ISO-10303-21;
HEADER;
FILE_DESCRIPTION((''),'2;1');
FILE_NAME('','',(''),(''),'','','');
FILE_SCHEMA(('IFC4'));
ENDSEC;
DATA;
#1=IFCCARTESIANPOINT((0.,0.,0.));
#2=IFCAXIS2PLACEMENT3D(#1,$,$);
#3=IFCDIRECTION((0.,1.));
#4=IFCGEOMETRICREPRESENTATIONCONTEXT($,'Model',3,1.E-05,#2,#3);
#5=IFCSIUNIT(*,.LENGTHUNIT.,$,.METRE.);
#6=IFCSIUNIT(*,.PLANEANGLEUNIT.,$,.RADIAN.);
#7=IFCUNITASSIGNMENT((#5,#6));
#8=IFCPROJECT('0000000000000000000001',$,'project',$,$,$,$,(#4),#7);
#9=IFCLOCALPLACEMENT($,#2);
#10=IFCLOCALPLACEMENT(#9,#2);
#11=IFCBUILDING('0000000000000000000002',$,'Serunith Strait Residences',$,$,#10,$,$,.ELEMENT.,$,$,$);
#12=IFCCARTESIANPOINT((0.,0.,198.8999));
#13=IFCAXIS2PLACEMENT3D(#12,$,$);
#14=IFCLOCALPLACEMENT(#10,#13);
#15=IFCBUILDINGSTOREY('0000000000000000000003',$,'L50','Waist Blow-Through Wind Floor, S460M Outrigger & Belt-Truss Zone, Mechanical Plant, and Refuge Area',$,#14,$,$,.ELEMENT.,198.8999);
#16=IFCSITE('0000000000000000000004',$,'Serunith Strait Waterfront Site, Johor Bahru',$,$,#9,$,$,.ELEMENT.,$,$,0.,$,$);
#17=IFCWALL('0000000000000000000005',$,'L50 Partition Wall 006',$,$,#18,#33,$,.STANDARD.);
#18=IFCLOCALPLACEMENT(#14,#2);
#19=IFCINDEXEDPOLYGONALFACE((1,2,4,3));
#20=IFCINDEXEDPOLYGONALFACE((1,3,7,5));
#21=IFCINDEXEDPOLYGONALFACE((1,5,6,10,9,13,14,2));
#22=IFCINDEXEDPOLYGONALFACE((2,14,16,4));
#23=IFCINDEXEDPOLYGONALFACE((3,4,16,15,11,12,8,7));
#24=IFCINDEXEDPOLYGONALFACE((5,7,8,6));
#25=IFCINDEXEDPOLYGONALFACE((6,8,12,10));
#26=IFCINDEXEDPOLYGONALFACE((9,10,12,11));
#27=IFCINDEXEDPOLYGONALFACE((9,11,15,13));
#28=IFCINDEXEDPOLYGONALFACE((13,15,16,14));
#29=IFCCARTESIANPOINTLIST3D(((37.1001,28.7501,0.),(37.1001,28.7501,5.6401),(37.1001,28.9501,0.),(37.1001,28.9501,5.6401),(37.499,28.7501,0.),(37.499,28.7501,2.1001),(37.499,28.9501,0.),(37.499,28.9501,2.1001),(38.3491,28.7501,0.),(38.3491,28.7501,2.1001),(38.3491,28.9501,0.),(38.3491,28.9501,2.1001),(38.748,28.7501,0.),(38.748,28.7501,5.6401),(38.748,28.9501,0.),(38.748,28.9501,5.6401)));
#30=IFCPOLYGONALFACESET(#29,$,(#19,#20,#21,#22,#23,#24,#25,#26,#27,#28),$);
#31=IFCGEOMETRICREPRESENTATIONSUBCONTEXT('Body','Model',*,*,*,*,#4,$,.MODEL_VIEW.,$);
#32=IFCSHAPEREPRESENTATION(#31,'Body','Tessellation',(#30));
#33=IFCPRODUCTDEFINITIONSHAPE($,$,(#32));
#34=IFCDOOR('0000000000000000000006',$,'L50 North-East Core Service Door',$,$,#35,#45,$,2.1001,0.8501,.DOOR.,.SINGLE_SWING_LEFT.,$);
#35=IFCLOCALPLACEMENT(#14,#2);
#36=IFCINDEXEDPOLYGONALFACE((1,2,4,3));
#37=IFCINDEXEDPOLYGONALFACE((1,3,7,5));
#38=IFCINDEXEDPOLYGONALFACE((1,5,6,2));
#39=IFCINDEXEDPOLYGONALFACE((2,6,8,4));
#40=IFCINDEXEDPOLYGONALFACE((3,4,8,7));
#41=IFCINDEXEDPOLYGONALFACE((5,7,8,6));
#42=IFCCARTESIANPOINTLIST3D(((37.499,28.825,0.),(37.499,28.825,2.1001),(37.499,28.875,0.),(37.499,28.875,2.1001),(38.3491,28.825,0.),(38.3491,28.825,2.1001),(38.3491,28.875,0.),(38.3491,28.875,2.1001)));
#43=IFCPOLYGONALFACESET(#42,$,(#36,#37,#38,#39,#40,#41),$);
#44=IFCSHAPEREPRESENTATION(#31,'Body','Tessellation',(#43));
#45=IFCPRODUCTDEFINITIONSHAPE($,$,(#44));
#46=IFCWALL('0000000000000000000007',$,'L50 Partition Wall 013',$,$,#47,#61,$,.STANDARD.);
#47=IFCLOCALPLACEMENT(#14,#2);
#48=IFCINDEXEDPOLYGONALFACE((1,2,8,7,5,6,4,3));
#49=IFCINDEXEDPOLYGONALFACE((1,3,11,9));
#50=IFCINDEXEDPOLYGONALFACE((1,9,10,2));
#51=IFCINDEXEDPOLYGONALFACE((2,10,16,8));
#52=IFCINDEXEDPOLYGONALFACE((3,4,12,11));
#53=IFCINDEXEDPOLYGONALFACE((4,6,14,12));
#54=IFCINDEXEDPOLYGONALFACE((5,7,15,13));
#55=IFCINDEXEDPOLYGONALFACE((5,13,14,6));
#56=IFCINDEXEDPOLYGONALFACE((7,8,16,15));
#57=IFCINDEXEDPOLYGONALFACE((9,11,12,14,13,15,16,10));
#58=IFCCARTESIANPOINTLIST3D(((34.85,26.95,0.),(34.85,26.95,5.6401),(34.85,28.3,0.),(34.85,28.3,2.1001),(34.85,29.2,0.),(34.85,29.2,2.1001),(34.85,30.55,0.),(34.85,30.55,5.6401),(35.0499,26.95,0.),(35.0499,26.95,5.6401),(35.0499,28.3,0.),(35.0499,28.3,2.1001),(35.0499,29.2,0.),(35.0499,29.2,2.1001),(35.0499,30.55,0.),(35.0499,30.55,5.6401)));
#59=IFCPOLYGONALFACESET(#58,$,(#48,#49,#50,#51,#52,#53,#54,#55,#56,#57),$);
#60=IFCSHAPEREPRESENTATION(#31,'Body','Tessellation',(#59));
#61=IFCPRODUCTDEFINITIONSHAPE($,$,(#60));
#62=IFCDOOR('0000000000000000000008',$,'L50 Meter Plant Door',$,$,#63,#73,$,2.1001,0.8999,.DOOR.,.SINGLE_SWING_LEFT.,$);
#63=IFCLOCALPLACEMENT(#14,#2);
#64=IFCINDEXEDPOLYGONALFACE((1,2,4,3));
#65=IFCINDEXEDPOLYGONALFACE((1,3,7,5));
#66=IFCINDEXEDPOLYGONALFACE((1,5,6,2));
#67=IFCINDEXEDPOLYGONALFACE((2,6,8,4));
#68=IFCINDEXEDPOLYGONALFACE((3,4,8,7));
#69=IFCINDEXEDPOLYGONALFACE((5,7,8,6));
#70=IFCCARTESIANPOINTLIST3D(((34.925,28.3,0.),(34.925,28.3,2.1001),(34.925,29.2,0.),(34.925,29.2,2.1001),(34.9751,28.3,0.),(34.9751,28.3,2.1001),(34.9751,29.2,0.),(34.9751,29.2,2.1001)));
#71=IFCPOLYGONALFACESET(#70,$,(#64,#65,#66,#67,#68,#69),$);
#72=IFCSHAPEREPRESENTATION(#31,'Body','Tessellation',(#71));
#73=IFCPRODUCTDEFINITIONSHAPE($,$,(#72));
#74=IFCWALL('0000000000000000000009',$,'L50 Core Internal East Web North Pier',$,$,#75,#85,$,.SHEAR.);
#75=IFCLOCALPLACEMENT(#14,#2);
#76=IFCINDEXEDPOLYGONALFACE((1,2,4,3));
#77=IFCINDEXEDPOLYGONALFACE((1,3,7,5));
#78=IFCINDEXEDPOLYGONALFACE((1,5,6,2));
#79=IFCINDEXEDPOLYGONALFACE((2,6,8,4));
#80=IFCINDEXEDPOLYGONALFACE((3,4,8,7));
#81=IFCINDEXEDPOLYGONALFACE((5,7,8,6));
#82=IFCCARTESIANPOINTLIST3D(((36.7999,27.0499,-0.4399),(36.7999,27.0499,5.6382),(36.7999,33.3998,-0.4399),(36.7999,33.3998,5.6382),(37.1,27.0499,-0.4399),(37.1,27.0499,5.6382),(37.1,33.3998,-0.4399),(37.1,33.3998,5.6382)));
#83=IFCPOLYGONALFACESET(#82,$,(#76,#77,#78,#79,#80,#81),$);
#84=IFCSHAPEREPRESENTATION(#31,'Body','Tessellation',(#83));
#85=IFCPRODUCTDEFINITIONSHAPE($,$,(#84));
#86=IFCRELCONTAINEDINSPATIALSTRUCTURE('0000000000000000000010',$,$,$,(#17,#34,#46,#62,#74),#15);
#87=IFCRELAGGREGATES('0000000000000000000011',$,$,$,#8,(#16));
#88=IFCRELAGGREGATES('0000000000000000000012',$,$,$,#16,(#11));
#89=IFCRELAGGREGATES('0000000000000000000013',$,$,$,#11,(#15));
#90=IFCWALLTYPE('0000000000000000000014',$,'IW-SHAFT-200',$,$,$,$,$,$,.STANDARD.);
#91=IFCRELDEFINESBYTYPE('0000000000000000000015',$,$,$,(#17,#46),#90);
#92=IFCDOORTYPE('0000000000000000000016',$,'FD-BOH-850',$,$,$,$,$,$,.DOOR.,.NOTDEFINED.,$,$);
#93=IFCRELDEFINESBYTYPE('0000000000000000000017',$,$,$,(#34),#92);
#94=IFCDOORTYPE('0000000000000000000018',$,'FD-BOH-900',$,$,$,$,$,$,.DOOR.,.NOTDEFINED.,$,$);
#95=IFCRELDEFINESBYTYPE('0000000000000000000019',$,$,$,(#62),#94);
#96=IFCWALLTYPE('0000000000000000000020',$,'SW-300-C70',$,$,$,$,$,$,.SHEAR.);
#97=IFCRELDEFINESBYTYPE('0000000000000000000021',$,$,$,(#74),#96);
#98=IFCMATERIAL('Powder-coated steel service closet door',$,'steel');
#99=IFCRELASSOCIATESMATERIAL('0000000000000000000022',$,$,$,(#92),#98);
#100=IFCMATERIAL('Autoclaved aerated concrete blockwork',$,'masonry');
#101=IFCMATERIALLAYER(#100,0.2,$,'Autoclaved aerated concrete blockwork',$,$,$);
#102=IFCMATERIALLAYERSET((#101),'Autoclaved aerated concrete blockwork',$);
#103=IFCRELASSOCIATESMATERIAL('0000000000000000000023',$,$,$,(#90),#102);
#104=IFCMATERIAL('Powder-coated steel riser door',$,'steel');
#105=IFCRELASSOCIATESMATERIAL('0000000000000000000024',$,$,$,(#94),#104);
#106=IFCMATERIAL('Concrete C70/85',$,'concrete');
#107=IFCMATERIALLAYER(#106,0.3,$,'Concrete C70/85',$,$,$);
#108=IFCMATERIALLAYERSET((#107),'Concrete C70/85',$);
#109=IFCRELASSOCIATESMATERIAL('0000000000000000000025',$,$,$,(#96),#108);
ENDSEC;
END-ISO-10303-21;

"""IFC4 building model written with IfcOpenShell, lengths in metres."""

from ifc_helpers import new_model, si_unit, direction, frame, frame_2d, origin, place, context, subcontext, project, spatial, rectangle, extrude, source, transform, mapped, material, layer, layer_set, type_object, element, fill, save


model = new_model("IFC4")

# Units and contexts
model_context = context("Model", 3, precision=1e-05, world=origin(), true_north=direction((0.0, 1.0)))
body_context = subcontext(model_context, "Body", "Model", "MODEL_VIEW")
ifc_project = project(units=[si_unit("LENGTHUNIT", "METRE"), si_unit("PLANEANGLEUNIT", "RADIAN")], contexts=[model_context])

# Site, building, storey
site_placement = place(None, origin())
site = spatial("IfcSite", under=ifc_project, at=site_placement, Name="Serunith Strait Waterfront Site, Johor Bahru", CompositionType="ELEMENT", RefElevation=0.0)
building_placement = place(site_placement, origin())
building = spatial("IfcBuilding", under=site, at=building_placement, Name="Serunith Strait Residences", CompositionType="ELEMENT")
storey_placement = place(building_placement, frame((0.0, 0.0, 198.8999)))
storey = spatial("IfcBuildingStorey", under=building, at=storey_placement, Name="L50", Description="Waist Blow-Through Wind Floor, S460M Outrigger & Belt-Truss Zone, Mechanical Plant, and Refuge Area", CompositionType="ELEMENT", Elevation=198.8999)

# Shared definitions
ifc_material_1 = material(Name="Powder-coated steel service closet door", Category="steel")
door_type_1 = type_object("IfcDoorType", Name="FD-BOH-850", OperationType="NOTDEFINED", PredefinedType="DOOR", material=ifc_material_1)
shared_shape_1 = source(origin(), body_context, "Body", "SweptSolid", [
    extrude(rectangle(XDim=0.8501, YDim=2.1001, at=frame_2d((0.425, 1.05))), frame((0.0, 0.0249, 0.0), z_axis=(0.0, -1.0, 0.0), x_axis=(1.0, 0.0, 0.0)), (0.0, 0.0, 1.0), 0.05),
])
ifc_material_2 = material(Name="Autoclaved aerated concrete blockwork", Category="masonry")
ifc_layer_1 = layer(ifc_material_2, 0.2, Name="Autoclaved aerated concrete blockwork")
ifc_layer_set_1 = layer_set([ifc_layer_1], Name="Autoclaved aerated concrete blockwork")
wall_type_1 = type_object("IfcWallType", Name="IW-SHAFT-200", PredefinedType="STANDARD", material=ifc_layer_set_1)

# Walls, openings, doors
wall_1_placement = place(storey_placement, frame((37.1001, 28.8501, 0.0), z_axis=(0.0, 0.0, 1.0), x_axis=(1.0, 0.0, 0.0)))
wall_1 = element("IfcWall", 1, at=wall_1_placement, inside=storey, type_object=wall_type_1, Name="L50 Partition Wall 006", PredefinedType="STANDARD", context=body_context, shape_type="SweptSolid", body=[
    extrude(rectangle(XDim=1.6479, YDim=0.2, at=frame_2d((0.824, 0.0))), origin(), (0.0, 0.0, 1.0), 5.6401),
])
opening_1_placement = place(wall_1_placement, frame((0.3989, 0.0, 0.0)))
opening_1 = element("IfcOpeningElement", 2, at=opening_1_placement, cuts=wall_1, PredefinedType="OPENING", context=body_context, shape_type="SweptSolid", body=[
    extrude(rectangle(XDim=0.8501, YDim=2.1001, at=frame_2d((0.425, 1.05))), frame((0.0, 0.1099, 0.0), z_axis=(0.0, -1.0, 0.0), x_axis=(1.0, 0.0, 0.0)), (0.0, 0.0, 1.0), 0.22),
])
door_1_placement = place(opening_1_placement, origin())
door_1 = element("IfcDoor", 3, at=door_1_placement, inside=storey, type_object=door_type_1, Name="L50 North-East Core Service Door", OperationType="SINGLE_SWING_LEFT", OverallHeight=2.1001, OverallWidth=0.8501, PredefinedType="DOOR", context=body_context, shape_type="MappedRepresentation", body=[
    mapped(shared_shape_1, transform((0.0, 0.0, 0.0), scale=1.0)),
])
fill(opening_1, door_1)
wall_2_placement = place(storey_placement, frame((34.95, 26.95, 0.0), z_axis=(0.0, 0.0, 1.0), x_axis=(0.0, 1.0, 0.0)))
wall_2 = element("IfcWall", 4, at=wall_2_placement, inside=storey, type_object=wall_type_1, Name="L50 Partition Wall 013", PredefinedType="STANDARD", context=body_context, shape_type="SweptSolid", body=[
    extrude(rectangle(XDim=3.6001, YDim=0.2, at=frame_2d((1.8, 0.0))), origin(), (0.0, 0.0, 1.0), 5.6401),
])
opening_2_placement = place(wall_2_placement, frame((1.3501, 0.0, 0.0)))
opening_2 = element("IfcOpeningElement", 5, at=opening_2_placement, cuts=wall_2, PredefinedType="OPENING", context=body_context, shape_type="SweptSolid", body=[
    extrude(rectangle(XDim=0.8999, YDim=2.1001, at=frame_2d((0.45, 1.05))), frame((0.0, 0.1099, 0.0), z_axis=(0.0, -1.0, 0.0), x_axis=(1.0, 0.0, 0.0)), (0.0, 0.0, 1.0), 0.22),
])
ifc_material_3 = material(Name="Powder-coated steel riser door", Category="steel")
door_type_2 = type_object("IfcDoorType", Name="FD-BOH-900", OperationType="NOTDEFINED", PredefinedType="DOOR", material=ifc_material_3)
shared_shape_2 = source(origin(), body_context, "Body", "SweptSolid", [
    extrude(rectangle(XDim=0.8999, YDim=2.1001, at=frame_2d((0.45, 1.05))), frame((0.0, 0.0249, 0.0), z_axis=(0.0, -1.0, 0.0), x_axis=(1.0, 0.0, 0.0)), (0.0, 0.0, 1.0), 0.05),
])
door_2_placement = place(opening_2_placement, origin())
door_2 = element("IfcDoor", 6, at=door_2_placement, inside=storey, type_object=door_type_2, Name="L50 Meter Plant Door", OperationType="SINGLE_SWING_LEFT", OverallHeight=2.1001, OverallWidth=0.8999, PredefinedType="DOOR", context=body_context, shape_type="MappedRepresentation", body=[
    mapped(shared_shape_2, transform((0.0, 0.0, 0.0), scale=1.0)),
])
fill(opening_2, door_2)

# Wall
ifc_material_4 = material(Name="Concrete C70/85", Category="concrete")
ifc_layer_2 = layer(ifc_material_4, 0.3, Name="Concrete C70/85")
ifc_layer_set_2 = layer_set([ifc_layer_2], Name="Concrete C70/85")
wall_type_2 = type_object("IfcWallType", Name="SW-300-C70", PredefinedType="SHEAR", material=ifc_layer_set_2)
wall_3_placement = place(storey_placement, frame((36.95, 27.05, -0.4399), z_axis=(0.0, 0.0, 1.0), x_axis=(0.0, 1.0, 0.0)))
element("IfcWall", 7, at=wall_3_placement, inside=storey, type_object=wall_type_2, Name="L50 Core Internal East Web North Pier", PredefinedType="SHEAR", context=body_context, shape_type="SweptSolid", body=[
    extrude(rectangle(XDim=6.3499, YDim=0.3, at=frame_2d((3.1748, 0.0))), origin(), (0.0, 0.0, 1.0), 6.0781),
])

save(model, "model.ifc")
